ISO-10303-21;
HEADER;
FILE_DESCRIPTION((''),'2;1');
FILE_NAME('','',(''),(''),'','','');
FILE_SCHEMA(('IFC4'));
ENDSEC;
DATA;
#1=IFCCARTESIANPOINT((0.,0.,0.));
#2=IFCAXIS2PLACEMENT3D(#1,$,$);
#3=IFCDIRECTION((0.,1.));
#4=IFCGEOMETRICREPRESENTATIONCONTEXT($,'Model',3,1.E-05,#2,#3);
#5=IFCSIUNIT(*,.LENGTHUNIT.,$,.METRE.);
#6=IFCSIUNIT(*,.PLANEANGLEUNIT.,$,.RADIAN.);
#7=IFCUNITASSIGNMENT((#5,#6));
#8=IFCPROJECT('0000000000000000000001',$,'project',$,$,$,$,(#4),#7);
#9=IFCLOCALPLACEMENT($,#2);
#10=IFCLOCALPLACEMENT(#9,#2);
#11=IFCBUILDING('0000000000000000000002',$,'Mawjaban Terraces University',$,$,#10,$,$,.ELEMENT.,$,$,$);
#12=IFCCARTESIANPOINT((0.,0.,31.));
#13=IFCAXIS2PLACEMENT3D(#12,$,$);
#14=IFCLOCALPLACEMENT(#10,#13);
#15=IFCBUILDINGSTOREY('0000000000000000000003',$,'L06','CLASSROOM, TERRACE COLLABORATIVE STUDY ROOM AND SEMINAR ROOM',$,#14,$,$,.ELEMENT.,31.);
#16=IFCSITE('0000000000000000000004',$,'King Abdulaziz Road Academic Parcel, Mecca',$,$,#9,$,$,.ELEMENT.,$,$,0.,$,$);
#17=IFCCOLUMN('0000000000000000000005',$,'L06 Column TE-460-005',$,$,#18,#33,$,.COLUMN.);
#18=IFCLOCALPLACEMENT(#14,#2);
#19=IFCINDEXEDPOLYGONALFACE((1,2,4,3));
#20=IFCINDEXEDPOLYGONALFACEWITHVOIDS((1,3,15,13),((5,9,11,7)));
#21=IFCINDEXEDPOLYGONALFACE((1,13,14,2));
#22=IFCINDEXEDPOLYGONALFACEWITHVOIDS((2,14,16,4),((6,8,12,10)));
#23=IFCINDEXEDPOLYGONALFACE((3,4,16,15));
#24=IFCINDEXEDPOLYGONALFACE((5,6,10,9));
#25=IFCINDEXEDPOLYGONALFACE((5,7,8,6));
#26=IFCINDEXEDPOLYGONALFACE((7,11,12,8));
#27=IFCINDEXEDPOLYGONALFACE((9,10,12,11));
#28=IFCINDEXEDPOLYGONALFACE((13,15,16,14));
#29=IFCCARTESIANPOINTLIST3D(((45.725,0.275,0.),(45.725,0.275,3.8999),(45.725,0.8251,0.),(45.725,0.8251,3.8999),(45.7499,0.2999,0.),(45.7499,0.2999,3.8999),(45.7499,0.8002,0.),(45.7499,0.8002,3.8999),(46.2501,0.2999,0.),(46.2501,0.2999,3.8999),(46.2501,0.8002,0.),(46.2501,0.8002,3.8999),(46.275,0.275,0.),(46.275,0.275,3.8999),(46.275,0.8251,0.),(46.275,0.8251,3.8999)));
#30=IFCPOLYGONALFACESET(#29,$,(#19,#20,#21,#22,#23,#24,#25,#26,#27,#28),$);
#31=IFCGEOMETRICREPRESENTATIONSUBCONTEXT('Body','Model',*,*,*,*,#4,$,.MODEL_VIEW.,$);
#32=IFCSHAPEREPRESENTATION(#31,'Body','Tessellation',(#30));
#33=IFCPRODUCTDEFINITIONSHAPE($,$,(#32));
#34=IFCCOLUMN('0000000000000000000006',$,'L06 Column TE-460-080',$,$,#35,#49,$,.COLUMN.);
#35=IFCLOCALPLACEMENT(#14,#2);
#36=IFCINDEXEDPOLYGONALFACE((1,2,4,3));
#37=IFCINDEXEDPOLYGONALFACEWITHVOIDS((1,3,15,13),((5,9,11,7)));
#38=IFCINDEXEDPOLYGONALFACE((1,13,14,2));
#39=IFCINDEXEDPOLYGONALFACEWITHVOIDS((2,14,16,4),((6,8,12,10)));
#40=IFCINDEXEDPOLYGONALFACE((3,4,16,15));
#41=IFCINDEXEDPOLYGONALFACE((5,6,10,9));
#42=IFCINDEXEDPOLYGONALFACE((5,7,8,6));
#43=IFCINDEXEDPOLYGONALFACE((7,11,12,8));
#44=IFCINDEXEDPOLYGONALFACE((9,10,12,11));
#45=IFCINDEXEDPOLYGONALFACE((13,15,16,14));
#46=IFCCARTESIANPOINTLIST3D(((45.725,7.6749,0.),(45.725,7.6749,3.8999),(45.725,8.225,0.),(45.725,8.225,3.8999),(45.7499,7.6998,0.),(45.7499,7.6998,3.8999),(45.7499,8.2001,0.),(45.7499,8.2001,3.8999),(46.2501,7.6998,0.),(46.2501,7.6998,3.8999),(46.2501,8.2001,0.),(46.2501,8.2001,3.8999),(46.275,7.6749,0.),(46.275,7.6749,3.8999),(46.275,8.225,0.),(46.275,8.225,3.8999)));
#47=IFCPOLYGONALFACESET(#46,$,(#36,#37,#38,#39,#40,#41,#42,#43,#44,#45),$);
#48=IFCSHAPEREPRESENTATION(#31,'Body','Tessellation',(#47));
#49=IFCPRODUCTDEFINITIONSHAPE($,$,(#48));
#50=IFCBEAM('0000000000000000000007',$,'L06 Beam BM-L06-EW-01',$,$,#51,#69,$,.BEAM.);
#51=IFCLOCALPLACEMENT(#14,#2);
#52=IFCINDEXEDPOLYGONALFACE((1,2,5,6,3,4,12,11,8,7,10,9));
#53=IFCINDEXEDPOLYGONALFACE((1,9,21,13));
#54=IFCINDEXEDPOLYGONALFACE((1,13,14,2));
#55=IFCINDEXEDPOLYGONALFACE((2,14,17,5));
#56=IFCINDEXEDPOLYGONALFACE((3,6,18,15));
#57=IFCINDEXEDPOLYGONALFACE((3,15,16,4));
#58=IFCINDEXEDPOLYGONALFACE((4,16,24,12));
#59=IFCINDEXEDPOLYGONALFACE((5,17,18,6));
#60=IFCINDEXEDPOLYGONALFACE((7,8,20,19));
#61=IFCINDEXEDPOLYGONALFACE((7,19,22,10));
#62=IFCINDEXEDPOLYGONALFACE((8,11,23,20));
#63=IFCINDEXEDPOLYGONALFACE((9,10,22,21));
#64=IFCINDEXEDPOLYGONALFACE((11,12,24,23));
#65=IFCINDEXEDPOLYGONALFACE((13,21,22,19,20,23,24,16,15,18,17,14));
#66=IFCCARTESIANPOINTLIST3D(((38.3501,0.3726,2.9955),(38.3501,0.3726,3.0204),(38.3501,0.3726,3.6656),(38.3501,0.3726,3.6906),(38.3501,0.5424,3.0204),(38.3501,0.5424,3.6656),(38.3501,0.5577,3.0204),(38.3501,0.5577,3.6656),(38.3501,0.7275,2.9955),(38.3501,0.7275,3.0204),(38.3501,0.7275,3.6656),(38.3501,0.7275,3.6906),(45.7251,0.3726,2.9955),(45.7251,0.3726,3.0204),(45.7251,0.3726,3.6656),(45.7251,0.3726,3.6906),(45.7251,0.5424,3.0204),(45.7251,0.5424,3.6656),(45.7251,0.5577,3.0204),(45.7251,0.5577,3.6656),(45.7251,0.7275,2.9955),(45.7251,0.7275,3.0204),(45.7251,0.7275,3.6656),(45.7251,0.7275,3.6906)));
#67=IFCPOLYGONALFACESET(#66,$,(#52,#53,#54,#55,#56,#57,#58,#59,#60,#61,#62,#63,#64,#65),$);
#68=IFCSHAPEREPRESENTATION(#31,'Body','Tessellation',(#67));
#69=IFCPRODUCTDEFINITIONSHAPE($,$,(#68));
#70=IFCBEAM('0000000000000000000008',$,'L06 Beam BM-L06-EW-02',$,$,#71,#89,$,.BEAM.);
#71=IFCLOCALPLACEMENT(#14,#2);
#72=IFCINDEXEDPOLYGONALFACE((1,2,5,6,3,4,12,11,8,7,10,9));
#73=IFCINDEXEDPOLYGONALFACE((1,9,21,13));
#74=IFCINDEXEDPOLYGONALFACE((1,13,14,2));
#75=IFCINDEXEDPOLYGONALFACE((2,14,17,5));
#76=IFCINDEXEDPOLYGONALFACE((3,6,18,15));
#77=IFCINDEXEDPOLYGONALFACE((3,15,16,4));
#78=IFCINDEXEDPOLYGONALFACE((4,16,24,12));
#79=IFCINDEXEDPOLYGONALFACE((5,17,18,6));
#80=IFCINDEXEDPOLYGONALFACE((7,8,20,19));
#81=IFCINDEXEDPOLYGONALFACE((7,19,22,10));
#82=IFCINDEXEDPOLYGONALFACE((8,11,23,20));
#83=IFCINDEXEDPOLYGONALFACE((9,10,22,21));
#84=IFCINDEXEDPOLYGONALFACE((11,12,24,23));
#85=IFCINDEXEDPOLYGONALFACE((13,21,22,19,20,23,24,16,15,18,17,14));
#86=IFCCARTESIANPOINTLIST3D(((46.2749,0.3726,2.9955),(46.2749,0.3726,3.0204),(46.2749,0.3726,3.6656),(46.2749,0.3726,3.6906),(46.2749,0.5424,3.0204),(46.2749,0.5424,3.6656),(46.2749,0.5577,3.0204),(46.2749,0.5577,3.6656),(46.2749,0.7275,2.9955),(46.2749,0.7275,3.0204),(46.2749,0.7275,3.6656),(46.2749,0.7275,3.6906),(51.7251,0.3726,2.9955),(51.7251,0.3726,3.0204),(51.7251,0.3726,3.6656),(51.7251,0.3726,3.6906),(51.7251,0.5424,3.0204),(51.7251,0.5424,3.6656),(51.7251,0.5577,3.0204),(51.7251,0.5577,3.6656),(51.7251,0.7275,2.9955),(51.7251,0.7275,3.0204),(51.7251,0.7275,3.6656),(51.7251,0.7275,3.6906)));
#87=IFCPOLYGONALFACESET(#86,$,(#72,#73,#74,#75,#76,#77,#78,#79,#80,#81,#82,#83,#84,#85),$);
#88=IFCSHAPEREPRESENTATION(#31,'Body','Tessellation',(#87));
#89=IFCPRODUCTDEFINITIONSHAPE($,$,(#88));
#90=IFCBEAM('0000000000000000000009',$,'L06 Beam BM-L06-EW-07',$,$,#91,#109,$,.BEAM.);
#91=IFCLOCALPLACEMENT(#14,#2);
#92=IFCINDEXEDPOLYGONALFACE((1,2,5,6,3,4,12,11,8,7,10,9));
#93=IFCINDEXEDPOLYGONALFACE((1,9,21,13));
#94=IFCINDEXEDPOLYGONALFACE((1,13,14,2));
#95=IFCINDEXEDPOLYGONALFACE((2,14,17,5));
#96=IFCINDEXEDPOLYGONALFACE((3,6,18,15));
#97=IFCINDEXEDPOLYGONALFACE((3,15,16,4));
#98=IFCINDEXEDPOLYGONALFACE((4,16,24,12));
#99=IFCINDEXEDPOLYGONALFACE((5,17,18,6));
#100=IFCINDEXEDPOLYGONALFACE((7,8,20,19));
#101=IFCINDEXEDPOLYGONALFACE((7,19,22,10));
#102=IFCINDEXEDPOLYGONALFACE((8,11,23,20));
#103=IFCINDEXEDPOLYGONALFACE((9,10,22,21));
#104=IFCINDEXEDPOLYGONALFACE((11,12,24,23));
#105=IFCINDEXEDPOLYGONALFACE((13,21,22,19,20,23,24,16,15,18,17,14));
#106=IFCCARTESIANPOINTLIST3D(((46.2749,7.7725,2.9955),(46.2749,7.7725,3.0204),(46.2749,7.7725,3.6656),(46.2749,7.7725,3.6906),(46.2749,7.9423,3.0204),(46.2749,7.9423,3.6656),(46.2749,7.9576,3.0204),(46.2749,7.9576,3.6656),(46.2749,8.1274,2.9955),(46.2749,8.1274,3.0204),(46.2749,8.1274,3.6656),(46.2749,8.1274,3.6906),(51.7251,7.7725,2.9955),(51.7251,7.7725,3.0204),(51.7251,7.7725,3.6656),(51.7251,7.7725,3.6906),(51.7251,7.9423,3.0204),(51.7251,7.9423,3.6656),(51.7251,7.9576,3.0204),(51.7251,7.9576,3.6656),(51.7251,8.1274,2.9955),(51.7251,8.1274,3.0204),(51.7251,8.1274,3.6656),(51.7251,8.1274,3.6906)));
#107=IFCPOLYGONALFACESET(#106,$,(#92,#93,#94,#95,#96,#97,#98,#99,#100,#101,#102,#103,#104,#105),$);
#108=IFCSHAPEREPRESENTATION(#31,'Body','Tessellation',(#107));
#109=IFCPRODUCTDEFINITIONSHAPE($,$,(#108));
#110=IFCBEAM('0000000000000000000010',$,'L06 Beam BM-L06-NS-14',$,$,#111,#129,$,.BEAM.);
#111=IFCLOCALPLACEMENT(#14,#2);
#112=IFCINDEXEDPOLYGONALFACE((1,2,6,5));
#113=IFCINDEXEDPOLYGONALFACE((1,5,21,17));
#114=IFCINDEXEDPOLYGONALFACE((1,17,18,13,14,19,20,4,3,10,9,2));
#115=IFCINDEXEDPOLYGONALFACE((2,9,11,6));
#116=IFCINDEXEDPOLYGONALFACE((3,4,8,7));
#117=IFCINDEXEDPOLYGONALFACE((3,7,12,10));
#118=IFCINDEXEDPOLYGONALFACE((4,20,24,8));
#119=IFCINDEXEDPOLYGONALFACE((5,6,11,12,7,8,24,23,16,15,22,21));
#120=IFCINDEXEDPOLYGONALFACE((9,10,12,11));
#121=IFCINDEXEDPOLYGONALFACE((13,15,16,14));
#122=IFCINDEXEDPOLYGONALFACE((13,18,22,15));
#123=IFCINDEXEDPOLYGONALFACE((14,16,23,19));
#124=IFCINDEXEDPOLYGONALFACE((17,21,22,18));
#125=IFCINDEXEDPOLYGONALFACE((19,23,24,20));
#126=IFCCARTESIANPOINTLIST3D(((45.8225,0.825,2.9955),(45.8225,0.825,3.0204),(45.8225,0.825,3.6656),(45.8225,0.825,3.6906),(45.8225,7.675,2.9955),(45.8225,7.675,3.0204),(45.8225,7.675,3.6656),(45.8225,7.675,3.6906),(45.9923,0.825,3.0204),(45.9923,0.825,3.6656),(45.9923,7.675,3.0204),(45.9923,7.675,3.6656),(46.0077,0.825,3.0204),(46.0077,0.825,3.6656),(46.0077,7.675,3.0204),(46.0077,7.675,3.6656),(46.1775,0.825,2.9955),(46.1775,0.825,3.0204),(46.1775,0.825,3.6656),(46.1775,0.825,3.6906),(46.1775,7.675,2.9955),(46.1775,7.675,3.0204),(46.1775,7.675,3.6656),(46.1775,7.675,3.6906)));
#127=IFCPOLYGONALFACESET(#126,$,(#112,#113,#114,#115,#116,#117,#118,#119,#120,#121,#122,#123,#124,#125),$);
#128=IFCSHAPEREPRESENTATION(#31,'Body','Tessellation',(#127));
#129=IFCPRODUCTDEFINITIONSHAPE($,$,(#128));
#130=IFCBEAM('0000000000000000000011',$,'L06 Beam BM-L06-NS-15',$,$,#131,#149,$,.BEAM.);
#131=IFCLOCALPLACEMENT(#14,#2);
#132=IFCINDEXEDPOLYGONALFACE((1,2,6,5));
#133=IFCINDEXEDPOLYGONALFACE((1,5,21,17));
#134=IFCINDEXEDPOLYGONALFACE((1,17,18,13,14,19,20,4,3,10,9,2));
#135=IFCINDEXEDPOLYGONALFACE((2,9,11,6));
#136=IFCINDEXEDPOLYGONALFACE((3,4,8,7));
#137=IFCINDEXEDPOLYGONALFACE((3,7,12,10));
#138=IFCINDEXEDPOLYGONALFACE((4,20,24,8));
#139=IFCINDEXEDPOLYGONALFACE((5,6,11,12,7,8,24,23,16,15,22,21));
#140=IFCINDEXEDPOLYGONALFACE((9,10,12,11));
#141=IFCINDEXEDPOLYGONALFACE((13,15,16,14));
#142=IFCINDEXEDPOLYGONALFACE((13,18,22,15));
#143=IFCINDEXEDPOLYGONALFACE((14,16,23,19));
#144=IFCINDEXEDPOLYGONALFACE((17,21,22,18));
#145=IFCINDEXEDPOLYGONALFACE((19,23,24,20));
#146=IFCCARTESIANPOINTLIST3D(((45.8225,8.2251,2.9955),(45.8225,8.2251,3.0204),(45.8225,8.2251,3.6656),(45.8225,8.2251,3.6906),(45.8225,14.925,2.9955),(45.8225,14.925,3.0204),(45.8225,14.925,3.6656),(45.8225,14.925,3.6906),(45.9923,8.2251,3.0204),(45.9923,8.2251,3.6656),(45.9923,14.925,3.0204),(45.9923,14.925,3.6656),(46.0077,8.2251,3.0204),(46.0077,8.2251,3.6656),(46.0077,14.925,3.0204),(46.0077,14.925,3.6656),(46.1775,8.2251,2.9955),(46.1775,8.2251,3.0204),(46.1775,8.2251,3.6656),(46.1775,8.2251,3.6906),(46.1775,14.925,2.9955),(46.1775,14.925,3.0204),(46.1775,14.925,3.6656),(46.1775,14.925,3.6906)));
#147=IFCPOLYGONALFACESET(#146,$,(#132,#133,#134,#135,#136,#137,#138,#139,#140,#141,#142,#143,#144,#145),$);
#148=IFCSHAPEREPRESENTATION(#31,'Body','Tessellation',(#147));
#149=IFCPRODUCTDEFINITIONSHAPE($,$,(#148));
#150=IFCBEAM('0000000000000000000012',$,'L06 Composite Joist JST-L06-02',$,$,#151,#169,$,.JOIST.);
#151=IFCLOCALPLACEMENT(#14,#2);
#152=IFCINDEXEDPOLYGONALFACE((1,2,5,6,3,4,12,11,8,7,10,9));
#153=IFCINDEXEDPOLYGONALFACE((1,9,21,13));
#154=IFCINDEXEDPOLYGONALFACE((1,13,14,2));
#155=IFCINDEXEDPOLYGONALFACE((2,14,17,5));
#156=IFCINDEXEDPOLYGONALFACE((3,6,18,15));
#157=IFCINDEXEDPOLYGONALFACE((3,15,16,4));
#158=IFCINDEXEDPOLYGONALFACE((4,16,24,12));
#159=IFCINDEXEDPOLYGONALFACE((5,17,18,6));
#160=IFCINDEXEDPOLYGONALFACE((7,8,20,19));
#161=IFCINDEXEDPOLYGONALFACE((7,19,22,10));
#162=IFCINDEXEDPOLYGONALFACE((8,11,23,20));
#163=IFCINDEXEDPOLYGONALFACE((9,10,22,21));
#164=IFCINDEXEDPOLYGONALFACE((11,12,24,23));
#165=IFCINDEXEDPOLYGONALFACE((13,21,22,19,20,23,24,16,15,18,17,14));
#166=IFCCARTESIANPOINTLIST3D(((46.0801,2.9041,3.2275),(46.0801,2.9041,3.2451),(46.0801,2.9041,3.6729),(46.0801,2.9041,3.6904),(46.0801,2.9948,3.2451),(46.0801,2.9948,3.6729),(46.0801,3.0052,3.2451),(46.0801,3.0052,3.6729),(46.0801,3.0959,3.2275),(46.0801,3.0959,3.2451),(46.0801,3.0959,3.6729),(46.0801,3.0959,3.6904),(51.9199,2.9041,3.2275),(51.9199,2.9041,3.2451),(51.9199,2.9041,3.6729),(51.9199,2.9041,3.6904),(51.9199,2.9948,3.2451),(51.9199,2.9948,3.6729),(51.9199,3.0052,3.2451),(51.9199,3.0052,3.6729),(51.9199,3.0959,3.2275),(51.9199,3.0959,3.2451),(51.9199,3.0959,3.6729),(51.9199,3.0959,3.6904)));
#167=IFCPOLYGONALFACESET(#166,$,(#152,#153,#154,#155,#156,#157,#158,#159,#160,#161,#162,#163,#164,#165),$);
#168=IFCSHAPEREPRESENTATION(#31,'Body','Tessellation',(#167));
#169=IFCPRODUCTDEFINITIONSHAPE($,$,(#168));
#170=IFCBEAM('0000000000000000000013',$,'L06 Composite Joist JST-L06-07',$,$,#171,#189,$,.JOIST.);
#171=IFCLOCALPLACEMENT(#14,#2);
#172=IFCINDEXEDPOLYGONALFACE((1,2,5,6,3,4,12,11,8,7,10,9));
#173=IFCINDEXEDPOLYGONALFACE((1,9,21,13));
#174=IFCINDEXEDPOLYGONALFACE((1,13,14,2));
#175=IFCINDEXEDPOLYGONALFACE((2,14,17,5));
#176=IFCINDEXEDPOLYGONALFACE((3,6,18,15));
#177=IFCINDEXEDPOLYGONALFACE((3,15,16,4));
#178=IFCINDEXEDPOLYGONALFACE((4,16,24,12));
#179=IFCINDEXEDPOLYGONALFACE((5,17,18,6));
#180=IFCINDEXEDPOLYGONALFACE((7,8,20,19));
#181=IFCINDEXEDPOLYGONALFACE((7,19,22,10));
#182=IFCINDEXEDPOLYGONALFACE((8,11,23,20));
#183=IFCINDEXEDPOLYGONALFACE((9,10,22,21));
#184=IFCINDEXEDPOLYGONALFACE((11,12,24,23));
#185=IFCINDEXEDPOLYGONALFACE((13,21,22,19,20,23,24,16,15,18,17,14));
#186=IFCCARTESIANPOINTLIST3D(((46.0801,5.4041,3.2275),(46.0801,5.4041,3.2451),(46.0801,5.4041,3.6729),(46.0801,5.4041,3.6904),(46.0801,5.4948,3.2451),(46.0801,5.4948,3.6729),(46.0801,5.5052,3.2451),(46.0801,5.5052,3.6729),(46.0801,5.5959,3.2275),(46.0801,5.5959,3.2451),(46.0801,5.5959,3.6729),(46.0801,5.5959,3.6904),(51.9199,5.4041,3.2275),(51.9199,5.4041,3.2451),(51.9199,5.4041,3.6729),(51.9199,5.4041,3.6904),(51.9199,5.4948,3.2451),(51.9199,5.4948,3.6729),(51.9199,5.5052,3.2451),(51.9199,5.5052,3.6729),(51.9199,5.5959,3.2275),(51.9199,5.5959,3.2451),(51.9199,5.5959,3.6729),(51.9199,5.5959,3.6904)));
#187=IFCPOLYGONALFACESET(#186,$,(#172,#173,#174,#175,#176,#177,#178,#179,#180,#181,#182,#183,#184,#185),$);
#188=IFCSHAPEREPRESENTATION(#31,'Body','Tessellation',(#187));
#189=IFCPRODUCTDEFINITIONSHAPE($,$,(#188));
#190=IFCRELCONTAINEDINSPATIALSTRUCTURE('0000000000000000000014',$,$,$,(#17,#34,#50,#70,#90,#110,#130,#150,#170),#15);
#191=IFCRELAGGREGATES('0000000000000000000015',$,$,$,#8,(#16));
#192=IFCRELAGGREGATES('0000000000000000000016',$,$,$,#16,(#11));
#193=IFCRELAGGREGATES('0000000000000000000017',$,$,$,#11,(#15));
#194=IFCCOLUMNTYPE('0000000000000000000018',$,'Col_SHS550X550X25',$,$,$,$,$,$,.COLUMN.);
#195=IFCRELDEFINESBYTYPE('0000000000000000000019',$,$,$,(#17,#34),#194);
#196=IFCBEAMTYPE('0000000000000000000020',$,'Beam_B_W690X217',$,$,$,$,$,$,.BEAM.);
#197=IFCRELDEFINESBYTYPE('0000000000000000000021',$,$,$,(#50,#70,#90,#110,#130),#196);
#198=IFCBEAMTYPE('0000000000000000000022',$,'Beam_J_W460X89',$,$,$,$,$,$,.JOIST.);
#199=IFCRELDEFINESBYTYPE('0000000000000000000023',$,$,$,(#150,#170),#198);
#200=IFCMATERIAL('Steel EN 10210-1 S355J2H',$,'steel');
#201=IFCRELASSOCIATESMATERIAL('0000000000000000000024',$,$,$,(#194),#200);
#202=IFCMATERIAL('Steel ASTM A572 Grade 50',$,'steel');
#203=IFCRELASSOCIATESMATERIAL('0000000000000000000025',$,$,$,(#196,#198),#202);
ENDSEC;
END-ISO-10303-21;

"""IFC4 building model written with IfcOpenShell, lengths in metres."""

from ifc_helpers import new_model, si_unit, direction, frame, origin, origin_2d, place, context, subcontext, project, spatial, hollow_rectangle, i_section, extrude, material, material_profile, profile_set, type_object, element, save


model = new_model("IFC4")

# Units and contexts
model_context = context("Model", 3, precision=1e-05, world=origin(), true_north=direction((0.0, 1.0)))
body_context = subcontext(model_context, "Body", "Model", "MODEL_VIEW")
ifc_project = project(units=[si_unit("LENGTHUNIT", "METRE"), si_unit("PLANEANGLEUNIT", "RADIAN")], contexts=[model_context])

# Site, building, storey
site_placement = place(None, origin())
site = spatial("IfcSite", under=ifc_project, at=site_placement, Name="King Abdulaziz Road Academic Parcel, Mecca", CompositionType="ELEMENT", RefElevation=0.0)
building_placement = place(site_placement, origin())
building = spatial("IfcBuilding", under=site, at=building_placement, Name="Mawjaban Terraces University", CompositionType="ELEMENT")
storey_placement = place(building_placement, frame((0.0, 0.0, 31.0)))
storey = spatial("IfcBuildingStorey", under=building, at=storey_placement, Name="L06", Description="CLASSROOM, TERRACE COLLABORATIVE STUDY ROOM AND SEMINAR ROOM", CompositionType="ELEMENT", Elevation=31.0)

# Columns
ifc_material_1 = material(Name="Steel EN 10210-1 S355J2H", Category="steel")
ifc_material_profile_1 = material_profile(ifc_material_1, hollow_rectangle(XDim=0.55, YDim=0.55, WallThickness=0.0249, at=origin_2d()), Name="SHS550X550X25")
ifc_profile_set_1 = profile_set([ifc_material_profile_1], Name="Steel EN 10210-1 S355J2H")
column_type = type_object("IfcColumnType", Name="Col_SHS550X550X25", PredefinedType="COLUMN", material=ifc_profile_set_1)
for number, where, z_axis, x_axis, name in (
    (1, (46.0, 0.55, 0.0), (0.0, 0.0, 1.0), (1.0, 0.0, 0.0), "L06 Column TE-460-005"),
    (2, (46.0, 7.95, 0.0), (0.0, 0.0, 1.0), (1.0, 0.0, 0.0), "L06 Column TE-460-080"),
):
    element("IfcColumn", number, at=place(storey_placement, frame(where, z_axis=z_axis, x_axis=x_axis)), inside=storey, type_object=column_type, Name=name, PredefinedType="COLUMN", context=body_context, shape_type="SweptSolid", body=[
        extrude(hollow_rectangle(XDim=0.55, YDim=0.55, WallThickness=0.0249, at=origin_2d()), origin(), (0.0, 0.0, 1.0), 3.8999),
    ])

# Beams
ifc_material_2 = material(Name="Steel ASTM A572 Grade 50", Category="steel")
ifc_material_profile_2 = material_profile(ifc_material_2, i_section(OverallWidth=0.355, OverallDepth=0.6951, WebThickness=0.0154, FlangeThickness=0.0249, at=origin_2d()), Name="W690X217")
ifc_profile_set_2 = profile_set([ifc_material_profile_2], Name="Steel ASTM A572 Grade 50")
beam_type_1 = type_object("IfcBeamType", Name="Beam_B_W690X217", PredefinedType="BEAM", material=ifc_profile_set_2)
beam_1_placement = place(storey_placement, frame((38.3501, 0.55, 3.343), z_axis=(1.0, 0.0, 0.0), x_axis=(0.0, 1.0, 0.0)))
element("IfcBeam", 3, at=beam_1_placement, inside=storey, type_object=beam_type_1, Name="L06 Beam BM-L06-EW-01", PredefinedType="BEAM", context=body_context, shape_type="SweptSolid", body=[
    extrude(i_section(OverallWidth=0.355, OverallDepth=0.6951, WebThickness=0.0154, FlangeThickness=0.0249, at=origin_2d()), origin(), (0.0, 0.0, 1.0), 7.375),
])
for number, where, z_axis, x_axis, name in (
    (4, (46.2749, 0.55, 3.343), (1.0, 0.0, 0.0), (0.0, 1.0, 0.0), "L06 Beam BM-L06-EW-02"),
    (5, (46.2749, 7.95, 3.343), (1.0, 0.0, 0.0), (0.0, 1.0, 0.0), "L06 Beam BM-L06-EW-07"),
):
    element("IfcBeam", number, at=place(storey_placement, frame(where, z_axis=z_axis, x_axis=x_axis)), inside=storey, type_object=beam_type_1, Name=name, PredefinedType="BEAM", context=body_context, shape_type="SweptSolid", body=[
        extrude(i_section(OverallWidth=0.355, OverallDepth=0.6951, WebThickness=0.0154, FlangeThickness=0.0249, at=origin_2d()), origin(), (0.0, 0.0, 1.0), 5.4502),
    ])
beam_2_placement = place(storey_placement, frame((46.0, 0.825, 3.343), z_axis=(0.0, 1.0, 0.0), x_axis=(-1.0, 0.0, 0.0)))
element("IfcBeam", 6, at=beam_2_placement, inside=storey, type_object=beam_type_1, Name="L06 Beam BM-L06-NS-14", PredefinedType="BEAM", context=body_context, shape_type="SweptSolid", body=[
    extrude(i_section(OverallWidth=0.355, OverallDepth=0.6951, WebThickness=0.0154, FlangeThickness=0.0249, at=origin_2d()), origin(), (0.0, 0.0, 1.0), 6.8501),
])
beam_3_placement = place(storey_placement, frame((46.0, 8.2251, 3.343), z_axis=(0.0, 1.0, 0.0), x_axis=(-1.0, 0.0, 0.0)))
element("IfcBeam", 7, at=beam_3_placement, inside=storey, type_object=beam_type_1, Name="L06 Beam BM-L06-NS-15", PredefinedType="BEAM", context=body_context, shape_type="SweptSolid", body=[
    extrude(i_section(OverallWidth=0.355, OverallDepth=0.6951, WebThickness=0.0154, FlangeThickness=0.0249, at=origin_2d()), origin(), (0.0, 0.0, 1.0), 6.7),
])
ifc_material_profile_3 = material_profile(ifc_material_2, i_section(OverallWidth=0.1919, OverallDepth=0.4629, WebThickness=0.0105, FlangeThickness=0.0176, at=origin_2d()), Name="W460X89")
ifc_profile_set_3 = profile_set([ifc_material_profile_3], Name="Steel ASTM A572 Grade 50")
beam_type_2 = type_object("IfcBeamType", Name="Beam_J_W460X89", PredefinedType="JOIST", material=ifc_profile_set_3)
for number, where, z_axis, x_axis, name in (
    (8, (46.0801, 3.0, 3.459), (1.0, 0.0, 0.0), (0.0, 1.0, 0.0), "L06 Composite Joist JST-L06-02"),
    (9, (46.0801, 5.5, 3.459), (1.0, 0.0, 0.0), (0.0, 1.0, 0.0), "L06 Composite Joist JST-L06-07"),
):
    element("IfcBeam", number, at=place(storey_placement, frame(where, z_axis=z_axis, x_axis=x_axis)), inside=storey, type_object=beam_type_2, Name=name, PredefinedType="JOIST", context=body_context, shape_type="SweptSolid", body=[
        extrude(i_section(OverallWidth=0.1919, OverallDepth=0.4629, WebThickness=0.0105, FlangeThickness=0.0176, at=origin_2d()), origin(), (0.0, 0.0, 1.0), 5.8398),
    ])

save(model, "model.ifc")
